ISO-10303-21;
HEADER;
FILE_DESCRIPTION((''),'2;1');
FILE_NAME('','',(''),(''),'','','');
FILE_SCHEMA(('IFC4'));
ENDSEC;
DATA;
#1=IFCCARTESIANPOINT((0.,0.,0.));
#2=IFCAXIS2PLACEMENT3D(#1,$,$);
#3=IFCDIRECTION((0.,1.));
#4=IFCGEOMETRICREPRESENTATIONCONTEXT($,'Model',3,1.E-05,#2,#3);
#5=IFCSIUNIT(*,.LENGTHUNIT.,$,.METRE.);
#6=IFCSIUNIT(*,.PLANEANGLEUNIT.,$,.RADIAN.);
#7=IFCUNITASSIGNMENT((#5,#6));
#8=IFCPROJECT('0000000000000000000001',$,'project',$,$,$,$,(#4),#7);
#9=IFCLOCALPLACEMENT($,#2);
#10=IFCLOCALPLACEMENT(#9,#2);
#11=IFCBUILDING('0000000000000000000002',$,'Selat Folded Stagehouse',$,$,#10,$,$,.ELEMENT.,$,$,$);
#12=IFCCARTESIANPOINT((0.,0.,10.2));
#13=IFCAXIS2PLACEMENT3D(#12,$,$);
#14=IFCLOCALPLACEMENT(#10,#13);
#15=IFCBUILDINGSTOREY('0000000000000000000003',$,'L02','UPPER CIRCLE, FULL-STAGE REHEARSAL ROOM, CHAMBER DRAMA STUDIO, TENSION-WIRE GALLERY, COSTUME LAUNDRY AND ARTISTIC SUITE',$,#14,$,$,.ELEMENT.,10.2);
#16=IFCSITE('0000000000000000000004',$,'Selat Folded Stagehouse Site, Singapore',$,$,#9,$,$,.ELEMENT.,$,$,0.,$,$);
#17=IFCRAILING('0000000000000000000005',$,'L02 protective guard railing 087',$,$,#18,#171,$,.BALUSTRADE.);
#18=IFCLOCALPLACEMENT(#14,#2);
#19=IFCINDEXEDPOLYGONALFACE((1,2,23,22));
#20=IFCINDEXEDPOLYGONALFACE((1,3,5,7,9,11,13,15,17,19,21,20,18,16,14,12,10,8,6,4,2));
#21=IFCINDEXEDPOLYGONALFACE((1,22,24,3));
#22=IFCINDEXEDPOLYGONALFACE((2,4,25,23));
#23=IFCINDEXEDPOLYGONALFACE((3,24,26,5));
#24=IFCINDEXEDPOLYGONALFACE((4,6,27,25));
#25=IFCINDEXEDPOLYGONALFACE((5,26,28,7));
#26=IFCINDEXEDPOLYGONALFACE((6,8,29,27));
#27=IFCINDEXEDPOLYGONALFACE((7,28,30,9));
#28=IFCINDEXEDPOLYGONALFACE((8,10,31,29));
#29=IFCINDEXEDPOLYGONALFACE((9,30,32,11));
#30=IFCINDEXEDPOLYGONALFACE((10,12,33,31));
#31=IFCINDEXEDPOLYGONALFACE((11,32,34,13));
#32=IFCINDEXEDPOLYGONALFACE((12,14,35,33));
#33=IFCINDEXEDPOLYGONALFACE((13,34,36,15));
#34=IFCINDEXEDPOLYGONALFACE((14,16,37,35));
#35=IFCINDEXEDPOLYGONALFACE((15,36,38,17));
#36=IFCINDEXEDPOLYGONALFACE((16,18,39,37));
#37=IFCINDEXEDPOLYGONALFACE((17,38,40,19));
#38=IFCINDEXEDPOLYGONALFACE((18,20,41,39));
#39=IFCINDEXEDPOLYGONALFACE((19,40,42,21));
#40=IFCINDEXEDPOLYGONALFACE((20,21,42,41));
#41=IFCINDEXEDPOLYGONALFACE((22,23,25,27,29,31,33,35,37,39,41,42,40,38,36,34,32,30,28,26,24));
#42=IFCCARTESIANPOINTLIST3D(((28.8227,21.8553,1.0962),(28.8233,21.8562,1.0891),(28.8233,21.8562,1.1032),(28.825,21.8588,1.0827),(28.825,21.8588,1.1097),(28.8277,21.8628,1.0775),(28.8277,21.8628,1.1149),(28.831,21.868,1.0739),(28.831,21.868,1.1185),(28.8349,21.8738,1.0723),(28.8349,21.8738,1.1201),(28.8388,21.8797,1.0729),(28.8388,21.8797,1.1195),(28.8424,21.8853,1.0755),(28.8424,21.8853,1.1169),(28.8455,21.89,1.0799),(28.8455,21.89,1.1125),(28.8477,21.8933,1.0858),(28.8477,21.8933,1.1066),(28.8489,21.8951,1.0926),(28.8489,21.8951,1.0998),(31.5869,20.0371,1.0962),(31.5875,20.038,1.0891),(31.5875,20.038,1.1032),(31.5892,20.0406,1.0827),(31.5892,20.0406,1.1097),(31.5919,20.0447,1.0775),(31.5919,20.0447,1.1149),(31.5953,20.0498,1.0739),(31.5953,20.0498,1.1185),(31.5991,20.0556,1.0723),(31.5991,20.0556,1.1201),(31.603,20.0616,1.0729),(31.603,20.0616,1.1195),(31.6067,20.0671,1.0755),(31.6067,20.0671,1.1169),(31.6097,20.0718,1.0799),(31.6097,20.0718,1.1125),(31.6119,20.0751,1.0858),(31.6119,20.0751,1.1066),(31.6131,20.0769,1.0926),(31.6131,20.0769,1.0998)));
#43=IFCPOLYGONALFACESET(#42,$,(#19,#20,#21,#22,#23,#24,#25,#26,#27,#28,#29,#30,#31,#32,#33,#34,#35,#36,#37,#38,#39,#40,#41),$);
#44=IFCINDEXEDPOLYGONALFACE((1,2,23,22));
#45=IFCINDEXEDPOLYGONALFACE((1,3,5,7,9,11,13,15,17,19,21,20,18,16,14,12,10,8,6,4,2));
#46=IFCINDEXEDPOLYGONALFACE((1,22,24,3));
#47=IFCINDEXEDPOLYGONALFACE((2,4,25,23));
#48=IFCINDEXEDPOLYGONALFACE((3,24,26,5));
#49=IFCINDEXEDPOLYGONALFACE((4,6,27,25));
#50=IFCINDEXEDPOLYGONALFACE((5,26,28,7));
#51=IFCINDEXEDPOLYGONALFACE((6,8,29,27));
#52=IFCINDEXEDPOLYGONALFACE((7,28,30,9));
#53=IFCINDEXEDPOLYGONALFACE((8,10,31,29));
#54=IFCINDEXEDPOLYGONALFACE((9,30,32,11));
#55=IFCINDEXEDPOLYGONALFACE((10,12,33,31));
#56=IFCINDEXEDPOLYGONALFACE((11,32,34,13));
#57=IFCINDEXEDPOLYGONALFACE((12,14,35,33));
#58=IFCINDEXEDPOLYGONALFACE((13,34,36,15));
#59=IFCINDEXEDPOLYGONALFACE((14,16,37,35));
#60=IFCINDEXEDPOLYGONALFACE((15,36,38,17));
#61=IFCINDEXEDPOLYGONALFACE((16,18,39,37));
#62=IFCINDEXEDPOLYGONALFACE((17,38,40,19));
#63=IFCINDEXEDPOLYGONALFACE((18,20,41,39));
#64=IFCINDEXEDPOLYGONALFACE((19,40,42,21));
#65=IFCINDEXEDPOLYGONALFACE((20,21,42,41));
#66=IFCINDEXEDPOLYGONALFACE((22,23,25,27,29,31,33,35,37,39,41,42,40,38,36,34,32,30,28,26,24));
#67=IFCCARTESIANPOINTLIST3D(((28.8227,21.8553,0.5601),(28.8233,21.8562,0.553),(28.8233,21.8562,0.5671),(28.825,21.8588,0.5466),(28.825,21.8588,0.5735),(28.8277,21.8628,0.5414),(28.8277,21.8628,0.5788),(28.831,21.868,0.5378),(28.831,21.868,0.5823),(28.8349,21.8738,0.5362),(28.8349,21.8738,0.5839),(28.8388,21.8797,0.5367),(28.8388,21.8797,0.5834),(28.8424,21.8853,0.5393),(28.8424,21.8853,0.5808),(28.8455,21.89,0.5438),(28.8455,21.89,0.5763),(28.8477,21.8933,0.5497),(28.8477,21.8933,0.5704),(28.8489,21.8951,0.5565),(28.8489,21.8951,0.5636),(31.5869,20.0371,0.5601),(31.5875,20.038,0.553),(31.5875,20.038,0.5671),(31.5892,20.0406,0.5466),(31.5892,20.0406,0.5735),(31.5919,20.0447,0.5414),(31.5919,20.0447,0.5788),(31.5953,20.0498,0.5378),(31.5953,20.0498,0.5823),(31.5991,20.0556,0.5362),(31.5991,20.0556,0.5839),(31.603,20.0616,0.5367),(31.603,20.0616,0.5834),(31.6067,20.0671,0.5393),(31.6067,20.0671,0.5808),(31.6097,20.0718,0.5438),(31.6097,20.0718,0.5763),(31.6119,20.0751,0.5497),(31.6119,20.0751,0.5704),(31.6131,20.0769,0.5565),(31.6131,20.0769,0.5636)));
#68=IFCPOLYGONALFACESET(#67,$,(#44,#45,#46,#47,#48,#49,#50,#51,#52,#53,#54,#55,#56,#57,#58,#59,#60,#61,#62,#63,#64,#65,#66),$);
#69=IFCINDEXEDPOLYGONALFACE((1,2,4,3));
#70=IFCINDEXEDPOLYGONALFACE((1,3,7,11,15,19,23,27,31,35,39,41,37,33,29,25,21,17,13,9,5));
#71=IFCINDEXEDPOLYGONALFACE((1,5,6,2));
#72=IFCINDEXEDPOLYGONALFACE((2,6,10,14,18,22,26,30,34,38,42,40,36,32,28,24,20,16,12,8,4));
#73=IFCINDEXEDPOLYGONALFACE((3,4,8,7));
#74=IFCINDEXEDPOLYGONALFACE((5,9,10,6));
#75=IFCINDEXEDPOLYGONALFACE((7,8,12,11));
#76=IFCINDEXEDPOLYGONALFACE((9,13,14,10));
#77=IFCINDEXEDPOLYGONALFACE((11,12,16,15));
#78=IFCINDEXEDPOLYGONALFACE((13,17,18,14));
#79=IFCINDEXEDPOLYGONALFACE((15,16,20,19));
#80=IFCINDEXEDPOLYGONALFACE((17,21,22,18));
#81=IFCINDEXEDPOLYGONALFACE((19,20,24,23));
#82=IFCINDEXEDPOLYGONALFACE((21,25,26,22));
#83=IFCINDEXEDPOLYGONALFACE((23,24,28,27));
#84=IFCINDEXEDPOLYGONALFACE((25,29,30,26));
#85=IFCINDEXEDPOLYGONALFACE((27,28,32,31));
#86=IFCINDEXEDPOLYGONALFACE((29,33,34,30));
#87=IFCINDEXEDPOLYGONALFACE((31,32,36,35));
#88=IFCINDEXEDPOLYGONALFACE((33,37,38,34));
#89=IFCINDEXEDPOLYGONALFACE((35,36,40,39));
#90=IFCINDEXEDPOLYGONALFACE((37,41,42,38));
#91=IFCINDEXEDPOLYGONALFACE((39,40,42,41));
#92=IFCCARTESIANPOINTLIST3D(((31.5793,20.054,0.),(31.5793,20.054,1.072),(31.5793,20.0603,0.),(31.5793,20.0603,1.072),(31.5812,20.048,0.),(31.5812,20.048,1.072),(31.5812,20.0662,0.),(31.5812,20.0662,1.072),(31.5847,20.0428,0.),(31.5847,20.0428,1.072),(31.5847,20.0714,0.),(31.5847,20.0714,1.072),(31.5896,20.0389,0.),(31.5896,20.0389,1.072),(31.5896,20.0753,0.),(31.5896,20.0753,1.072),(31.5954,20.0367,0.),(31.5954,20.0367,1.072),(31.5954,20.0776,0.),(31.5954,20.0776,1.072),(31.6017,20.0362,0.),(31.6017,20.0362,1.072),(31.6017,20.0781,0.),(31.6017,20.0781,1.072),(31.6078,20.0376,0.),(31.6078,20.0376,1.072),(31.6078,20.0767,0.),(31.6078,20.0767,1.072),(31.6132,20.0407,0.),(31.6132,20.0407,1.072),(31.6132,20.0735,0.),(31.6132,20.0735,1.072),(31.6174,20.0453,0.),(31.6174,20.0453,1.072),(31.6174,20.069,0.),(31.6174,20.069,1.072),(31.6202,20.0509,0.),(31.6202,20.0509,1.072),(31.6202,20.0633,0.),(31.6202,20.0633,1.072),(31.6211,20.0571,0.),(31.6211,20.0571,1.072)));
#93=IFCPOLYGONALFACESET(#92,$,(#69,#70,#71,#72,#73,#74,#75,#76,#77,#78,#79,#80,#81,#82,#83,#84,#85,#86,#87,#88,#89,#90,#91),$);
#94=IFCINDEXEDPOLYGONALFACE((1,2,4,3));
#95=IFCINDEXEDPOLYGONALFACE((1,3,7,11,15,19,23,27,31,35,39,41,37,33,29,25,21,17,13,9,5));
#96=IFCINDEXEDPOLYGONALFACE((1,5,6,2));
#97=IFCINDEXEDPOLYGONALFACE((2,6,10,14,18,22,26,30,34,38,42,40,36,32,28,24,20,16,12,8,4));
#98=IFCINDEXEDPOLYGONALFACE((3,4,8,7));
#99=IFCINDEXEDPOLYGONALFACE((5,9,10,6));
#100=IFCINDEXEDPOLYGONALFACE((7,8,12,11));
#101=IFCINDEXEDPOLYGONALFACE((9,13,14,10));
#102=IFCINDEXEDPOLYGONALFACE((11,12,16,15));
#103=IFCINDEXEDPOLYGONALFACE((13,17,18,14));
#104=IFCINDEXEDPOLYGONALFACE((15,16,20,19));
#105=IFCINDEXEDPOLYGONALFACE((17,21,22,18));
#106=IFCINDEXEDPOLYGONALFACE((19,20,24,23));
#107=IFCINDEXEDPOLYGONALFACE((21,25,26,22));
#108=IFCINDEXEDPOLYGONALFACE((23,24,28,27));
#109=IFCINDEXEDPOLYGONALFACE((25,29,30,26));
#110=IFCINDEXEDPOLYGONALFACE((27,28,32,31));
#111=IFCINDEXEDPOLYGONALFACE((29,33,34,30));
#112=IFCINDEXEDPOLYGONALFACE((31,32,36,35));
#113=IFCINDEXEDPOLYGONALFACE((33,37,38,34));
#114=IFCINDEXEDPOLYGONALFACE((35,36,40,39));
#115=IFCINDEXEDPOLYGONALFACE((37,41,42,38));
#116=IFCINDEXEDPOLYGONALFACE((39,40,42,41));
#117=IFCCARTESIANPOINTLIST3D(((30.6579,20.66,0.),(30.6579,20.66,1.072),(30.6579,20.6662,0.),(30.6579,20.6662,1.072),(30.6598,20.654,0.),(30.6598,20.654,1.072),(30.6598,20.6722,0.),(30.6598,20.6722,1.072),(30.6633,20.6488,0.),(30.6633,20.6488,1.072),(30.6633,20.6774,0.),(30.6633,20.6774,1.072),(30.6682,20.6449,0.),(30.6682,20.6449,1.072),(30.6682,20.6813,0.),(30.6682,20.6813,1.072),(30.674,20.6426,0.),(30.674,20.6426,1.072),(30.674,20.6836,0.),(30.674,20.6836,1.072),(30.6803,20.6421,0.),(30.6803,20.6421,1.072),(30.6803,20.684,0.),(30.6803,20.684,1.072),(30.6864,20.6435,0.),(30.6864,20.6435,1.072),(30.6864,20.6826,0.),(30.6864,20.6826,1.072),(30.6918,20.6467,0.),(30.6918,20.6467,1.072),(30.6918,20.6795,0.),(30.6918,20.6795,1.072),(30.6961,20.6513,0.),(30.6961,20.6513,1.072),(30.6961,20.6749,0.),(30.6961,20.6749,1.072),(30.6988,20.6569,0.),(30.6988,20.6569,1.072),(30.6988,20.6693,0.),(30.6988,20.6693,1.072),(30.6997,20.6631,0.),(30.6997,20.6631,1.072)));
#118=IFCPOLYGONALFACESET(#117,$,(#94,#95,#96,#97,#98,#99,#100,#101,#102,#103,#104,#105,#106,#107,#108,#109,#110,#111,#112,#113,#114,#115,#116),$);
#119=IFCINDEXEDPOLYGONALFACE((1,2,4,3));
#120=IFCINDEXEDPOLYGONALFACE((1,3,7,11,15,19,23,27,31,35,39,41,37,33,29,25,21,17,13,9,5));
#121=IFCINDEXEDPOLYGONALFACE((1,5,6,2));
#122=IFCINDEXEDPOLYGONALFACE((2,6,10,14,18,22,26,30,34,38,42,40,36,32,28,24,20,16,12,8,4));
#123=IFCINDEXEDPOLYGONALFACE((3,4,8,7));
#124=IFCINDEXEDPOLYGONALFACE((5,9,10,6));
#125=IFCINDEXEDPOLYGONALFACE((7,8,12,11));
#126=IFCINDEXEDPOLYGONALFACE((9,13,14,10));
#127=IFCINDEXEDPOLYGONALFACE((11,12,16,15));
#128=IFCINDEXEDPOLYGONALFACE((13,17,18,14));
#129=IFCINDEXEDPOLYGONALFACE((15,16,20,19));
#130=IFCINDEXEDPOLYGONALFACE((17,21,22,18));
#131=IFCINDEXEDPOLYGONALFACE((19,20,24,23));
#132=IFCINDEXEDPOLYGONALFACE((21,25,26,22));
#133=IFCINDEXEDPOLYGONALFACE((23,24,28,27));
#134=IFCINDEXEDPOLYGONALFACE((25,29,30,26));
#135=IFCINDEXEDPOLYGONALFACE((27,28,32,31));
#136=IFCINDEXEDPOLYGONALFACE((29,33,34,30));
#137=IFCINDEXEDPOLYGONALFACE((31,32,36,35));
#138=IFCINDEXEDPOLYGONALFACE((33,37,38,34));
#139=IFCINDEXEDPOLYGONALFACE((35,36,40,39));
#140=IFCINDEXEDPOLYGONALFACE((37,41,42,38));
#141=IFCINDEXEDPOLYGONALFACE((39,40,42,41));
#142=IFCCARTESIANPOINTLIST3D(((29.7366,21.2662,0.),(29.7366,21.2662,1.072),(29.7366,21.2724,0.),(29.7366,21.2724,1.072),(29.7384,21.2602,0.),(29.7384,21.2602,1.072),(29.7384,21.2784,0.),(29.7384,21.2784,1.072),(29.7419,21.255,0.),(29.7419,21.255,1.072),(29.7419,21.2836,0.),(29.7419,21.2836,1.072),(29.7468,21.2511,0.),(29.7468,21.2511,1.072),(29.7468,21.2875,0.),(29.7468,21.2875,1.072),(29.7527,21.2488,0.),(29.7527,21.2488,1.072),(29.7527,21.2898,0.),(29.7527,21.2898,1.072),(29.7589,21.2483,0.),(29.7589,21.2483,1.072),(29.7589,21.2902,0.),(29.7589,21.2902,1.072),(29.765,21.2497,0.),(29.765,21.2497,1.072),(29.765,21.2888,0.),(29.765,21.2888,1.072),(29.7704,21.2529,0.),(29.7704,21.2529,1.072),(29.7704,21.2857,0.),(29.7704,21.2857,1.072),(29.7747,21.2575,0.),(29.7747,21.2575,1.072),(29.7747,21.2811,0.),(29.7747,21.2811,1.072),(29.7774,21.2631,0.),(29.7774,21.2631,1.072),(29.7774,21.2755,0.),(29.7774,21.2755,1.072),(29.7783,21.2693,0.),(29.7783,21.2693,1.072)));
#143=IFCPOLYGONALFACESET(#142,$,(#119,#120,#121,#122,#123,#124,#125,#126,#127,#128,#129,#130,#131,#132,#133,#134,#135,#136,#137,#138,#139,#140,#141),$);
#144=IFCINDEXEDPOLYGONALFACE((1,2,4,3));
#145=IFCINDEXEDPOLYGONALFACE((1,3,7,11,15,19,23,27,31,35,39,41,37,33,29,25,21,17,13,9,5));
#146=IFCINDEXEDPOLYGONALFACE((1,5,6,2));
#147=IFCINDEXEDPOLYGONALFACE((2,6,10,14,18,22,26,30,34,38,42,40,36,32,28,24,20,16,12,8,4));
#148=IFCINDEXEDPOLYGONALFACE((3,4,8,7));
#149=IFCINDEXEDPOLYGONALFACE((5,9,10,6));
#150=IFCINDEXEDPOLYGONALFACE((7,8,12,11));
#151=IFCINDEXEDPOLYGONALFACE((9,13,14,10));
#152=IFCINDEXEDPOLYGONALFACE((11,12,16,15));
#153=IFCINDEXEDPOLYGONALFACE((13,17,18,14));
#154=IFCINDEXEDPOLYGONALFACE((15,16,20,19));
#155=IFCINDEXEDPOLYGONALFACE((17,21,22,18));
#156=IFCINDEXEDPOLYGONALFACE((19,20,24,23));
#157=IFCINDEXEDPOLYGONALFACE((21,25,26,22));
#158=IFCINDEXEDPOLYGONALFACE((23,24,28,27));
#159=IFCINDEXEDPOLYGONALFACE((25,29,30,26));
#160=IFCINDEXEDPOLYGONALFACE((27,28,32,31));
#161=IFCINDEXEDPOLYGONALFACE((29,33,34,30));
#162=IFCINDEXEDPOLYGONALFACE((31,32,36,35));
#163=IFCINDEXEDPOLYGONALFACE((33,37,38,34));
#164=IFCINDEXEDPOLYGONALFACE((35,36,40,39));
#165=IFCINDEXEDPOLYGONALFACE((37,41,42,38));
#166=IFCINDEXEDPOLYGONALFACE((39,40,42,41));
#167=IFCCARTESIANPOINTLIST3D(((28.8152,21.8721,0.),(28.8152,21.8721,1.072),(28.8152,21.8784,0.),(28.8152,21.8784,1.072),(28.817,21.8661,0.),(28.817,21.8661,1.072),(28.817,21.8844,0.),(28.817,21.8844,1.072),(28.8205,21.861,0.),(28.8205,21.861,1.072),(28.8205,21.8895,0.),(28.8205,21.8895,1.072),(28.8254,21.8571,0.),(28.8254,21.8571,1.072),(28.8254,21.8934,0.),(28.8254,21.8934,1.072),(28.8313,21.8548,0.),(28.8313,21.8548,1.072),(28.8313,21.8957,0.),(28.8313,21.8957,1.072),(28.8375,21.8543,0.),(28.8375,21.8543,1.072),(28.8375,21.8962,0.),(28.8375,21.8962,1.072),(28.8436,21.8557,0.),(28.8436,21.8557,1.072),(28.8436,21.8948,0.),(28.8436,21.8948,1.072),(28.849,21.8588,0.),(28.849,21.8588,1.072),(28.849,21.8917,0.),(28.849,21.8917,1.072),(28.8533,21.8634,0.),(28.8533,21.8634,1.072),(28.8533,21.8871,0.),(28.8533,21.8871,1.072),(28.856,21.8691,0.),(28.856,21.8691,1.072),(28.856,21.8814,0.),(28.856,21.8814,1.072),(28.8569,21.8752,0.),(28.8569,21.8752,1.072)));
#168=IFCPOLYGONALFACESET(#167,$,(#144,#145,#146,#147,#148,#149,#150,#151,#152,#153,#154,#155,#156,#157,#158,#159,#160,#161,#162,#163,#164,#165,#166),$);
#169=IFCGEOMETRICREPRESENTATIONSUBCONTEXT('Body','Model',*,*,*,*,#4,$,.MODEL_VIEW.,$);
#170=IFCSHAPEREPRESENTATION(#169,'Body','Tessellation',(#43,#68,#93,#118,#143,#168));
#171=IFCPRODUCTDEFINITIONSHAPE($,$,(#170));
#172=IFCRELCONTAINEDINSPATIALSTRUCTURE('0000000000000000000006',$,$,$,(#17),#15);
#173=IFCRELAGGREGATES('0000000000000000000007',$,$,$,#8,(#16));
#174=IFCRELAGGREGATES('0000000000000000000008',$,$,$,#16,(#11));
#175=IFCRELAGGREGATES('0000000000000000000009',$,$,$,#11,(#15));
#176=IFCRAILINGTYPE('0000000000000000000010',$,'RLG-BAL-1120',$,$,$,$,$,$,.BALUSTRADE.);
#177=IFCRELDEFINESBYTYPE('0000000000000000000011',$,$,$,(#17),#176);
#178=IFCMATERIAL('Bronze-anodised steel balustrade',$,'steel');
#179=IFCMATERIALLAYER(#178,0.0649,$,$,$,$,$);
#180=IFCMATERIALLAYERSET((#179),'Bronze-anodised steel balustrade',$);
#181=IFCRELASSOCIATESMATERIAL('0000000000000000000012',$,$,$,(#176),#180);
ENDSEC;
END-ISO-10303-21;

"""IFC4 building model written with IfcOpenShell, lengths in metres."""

from ifc_helpers import new_model, si_unit, direction, frame, origin, origin_2d, place, context, subcontext, project, spatial, circle, extrude, material, layer, layer_set, type_object, element, save


model = new_model("IFC4")

# Units and contexts
model_context = context("Model", 3, precision=1e-05, world=origin(), true_north=direction((0.0, 1.0)))
body_context = subcontext(model_context, "Body", "Model", "MODEL_VIEW")
ifc_project = project(units=[si_unit("LENGTHUNIT", "METRE"), si_unit("PLANEANGLEUNIT", "RADIAN")], contexts=[model_context])

# Site, building, storey
site_placement = place(None, origin())
site = spatial("IfcSite", under=ifc_project, at=site_placement, Name="Selat Folded Stagehouse Site, Singapore", CompositionType="ELEMENT", RefElevation=0.0)
building_placement = place(site_placement, origin())
building = spatial("IfcBuilding", under=site, at=building_placement, Name="Selat Folded Stagehouse", CompositionType="ELEMENT")
storey_placement = place(building_placement, frame((0.0, 0.0, 10.2)))
storey = spatial("IfcBuildingStorey", under=building, at=storey_placement, Name="L02", Description="UPPER CIRCLE, FULL-STAGE REHEARSAL ROOM, CHAMBER DRAMA STUDIO, TENSION-WIRE GALLERY, COSTUME LAUNDRY AND ARTISTIC SUITE", CompositionType="ELEMENT", Elevation=10.2)

# Railing
ifc_material_1 = material(Name="Bronze-anodised steel balustrade", Category="steel")
ifc_layer_1 = layer(ifc_material_1, 0.0649)
ifc_layer_set_1 = layer_set([ifc_layer_1], Name="Bronze-anodised steel balustrade")
railing_type_1 = type_object("IfcRailingType", Name="RLG-BAL-1120", PredefinedType="BALUSTRADE", material=ifc_layer_set_1)
railing_1_placement = place(storey_placement, frame((31.6001, 20.0571, 0.0)))
element("IfcRailing", 1, at=railing_1_placement, inside=storey, type_object=railing_type_1, Name="L02 protective guard railing 087", PredefinedType="BALUSTRADE", context=body_context, shape_type="SweptSolid", body=[
    extrude(circle(Radius=0.0239, at=origin_2d()), frame((0.0, 0.0, 1.0962), z_axis=(-0.835474, 0.54953, 0.0), x_axis=(-0.54953, -0.835474, 0.0)), (0.0, 0.0, 1.0), 3.3086),
    extrude(circle(Radius=0.0239, at=origin_2d()), frame((0.0, 0.0, 0.5601), z_axis=(-0.835474, 0.54953, 0.0), x_axis=(-0.54953, -0.835474, 0.0)), (0.0, 0.0, 1.0), 3.3086),
    extrude(circle(Radius=0.021, at=origin_2d()), origin(), (0.0, 0.0, 1.0), 1.072),
    extrude(circle(Radius=0.021, at=origin_2d()), frame((-0.9214, 0.606, 0.0)), (0.0, 0.0, 1.0), 1.072),
    extrude(circle(Radius=0.021, at=origin_2d()), frame((-1.8428, 1.2122, 0.0)), (0.0, 0.0, 1.0), 1.072),
    extrude(circle(Radius=0.021, at=origin_2d()), frame((-2.7642, 1.8181, 0.0)), (0.0, 0.0, 1.0), 1.072),
])

save(model, "model.ifc")
